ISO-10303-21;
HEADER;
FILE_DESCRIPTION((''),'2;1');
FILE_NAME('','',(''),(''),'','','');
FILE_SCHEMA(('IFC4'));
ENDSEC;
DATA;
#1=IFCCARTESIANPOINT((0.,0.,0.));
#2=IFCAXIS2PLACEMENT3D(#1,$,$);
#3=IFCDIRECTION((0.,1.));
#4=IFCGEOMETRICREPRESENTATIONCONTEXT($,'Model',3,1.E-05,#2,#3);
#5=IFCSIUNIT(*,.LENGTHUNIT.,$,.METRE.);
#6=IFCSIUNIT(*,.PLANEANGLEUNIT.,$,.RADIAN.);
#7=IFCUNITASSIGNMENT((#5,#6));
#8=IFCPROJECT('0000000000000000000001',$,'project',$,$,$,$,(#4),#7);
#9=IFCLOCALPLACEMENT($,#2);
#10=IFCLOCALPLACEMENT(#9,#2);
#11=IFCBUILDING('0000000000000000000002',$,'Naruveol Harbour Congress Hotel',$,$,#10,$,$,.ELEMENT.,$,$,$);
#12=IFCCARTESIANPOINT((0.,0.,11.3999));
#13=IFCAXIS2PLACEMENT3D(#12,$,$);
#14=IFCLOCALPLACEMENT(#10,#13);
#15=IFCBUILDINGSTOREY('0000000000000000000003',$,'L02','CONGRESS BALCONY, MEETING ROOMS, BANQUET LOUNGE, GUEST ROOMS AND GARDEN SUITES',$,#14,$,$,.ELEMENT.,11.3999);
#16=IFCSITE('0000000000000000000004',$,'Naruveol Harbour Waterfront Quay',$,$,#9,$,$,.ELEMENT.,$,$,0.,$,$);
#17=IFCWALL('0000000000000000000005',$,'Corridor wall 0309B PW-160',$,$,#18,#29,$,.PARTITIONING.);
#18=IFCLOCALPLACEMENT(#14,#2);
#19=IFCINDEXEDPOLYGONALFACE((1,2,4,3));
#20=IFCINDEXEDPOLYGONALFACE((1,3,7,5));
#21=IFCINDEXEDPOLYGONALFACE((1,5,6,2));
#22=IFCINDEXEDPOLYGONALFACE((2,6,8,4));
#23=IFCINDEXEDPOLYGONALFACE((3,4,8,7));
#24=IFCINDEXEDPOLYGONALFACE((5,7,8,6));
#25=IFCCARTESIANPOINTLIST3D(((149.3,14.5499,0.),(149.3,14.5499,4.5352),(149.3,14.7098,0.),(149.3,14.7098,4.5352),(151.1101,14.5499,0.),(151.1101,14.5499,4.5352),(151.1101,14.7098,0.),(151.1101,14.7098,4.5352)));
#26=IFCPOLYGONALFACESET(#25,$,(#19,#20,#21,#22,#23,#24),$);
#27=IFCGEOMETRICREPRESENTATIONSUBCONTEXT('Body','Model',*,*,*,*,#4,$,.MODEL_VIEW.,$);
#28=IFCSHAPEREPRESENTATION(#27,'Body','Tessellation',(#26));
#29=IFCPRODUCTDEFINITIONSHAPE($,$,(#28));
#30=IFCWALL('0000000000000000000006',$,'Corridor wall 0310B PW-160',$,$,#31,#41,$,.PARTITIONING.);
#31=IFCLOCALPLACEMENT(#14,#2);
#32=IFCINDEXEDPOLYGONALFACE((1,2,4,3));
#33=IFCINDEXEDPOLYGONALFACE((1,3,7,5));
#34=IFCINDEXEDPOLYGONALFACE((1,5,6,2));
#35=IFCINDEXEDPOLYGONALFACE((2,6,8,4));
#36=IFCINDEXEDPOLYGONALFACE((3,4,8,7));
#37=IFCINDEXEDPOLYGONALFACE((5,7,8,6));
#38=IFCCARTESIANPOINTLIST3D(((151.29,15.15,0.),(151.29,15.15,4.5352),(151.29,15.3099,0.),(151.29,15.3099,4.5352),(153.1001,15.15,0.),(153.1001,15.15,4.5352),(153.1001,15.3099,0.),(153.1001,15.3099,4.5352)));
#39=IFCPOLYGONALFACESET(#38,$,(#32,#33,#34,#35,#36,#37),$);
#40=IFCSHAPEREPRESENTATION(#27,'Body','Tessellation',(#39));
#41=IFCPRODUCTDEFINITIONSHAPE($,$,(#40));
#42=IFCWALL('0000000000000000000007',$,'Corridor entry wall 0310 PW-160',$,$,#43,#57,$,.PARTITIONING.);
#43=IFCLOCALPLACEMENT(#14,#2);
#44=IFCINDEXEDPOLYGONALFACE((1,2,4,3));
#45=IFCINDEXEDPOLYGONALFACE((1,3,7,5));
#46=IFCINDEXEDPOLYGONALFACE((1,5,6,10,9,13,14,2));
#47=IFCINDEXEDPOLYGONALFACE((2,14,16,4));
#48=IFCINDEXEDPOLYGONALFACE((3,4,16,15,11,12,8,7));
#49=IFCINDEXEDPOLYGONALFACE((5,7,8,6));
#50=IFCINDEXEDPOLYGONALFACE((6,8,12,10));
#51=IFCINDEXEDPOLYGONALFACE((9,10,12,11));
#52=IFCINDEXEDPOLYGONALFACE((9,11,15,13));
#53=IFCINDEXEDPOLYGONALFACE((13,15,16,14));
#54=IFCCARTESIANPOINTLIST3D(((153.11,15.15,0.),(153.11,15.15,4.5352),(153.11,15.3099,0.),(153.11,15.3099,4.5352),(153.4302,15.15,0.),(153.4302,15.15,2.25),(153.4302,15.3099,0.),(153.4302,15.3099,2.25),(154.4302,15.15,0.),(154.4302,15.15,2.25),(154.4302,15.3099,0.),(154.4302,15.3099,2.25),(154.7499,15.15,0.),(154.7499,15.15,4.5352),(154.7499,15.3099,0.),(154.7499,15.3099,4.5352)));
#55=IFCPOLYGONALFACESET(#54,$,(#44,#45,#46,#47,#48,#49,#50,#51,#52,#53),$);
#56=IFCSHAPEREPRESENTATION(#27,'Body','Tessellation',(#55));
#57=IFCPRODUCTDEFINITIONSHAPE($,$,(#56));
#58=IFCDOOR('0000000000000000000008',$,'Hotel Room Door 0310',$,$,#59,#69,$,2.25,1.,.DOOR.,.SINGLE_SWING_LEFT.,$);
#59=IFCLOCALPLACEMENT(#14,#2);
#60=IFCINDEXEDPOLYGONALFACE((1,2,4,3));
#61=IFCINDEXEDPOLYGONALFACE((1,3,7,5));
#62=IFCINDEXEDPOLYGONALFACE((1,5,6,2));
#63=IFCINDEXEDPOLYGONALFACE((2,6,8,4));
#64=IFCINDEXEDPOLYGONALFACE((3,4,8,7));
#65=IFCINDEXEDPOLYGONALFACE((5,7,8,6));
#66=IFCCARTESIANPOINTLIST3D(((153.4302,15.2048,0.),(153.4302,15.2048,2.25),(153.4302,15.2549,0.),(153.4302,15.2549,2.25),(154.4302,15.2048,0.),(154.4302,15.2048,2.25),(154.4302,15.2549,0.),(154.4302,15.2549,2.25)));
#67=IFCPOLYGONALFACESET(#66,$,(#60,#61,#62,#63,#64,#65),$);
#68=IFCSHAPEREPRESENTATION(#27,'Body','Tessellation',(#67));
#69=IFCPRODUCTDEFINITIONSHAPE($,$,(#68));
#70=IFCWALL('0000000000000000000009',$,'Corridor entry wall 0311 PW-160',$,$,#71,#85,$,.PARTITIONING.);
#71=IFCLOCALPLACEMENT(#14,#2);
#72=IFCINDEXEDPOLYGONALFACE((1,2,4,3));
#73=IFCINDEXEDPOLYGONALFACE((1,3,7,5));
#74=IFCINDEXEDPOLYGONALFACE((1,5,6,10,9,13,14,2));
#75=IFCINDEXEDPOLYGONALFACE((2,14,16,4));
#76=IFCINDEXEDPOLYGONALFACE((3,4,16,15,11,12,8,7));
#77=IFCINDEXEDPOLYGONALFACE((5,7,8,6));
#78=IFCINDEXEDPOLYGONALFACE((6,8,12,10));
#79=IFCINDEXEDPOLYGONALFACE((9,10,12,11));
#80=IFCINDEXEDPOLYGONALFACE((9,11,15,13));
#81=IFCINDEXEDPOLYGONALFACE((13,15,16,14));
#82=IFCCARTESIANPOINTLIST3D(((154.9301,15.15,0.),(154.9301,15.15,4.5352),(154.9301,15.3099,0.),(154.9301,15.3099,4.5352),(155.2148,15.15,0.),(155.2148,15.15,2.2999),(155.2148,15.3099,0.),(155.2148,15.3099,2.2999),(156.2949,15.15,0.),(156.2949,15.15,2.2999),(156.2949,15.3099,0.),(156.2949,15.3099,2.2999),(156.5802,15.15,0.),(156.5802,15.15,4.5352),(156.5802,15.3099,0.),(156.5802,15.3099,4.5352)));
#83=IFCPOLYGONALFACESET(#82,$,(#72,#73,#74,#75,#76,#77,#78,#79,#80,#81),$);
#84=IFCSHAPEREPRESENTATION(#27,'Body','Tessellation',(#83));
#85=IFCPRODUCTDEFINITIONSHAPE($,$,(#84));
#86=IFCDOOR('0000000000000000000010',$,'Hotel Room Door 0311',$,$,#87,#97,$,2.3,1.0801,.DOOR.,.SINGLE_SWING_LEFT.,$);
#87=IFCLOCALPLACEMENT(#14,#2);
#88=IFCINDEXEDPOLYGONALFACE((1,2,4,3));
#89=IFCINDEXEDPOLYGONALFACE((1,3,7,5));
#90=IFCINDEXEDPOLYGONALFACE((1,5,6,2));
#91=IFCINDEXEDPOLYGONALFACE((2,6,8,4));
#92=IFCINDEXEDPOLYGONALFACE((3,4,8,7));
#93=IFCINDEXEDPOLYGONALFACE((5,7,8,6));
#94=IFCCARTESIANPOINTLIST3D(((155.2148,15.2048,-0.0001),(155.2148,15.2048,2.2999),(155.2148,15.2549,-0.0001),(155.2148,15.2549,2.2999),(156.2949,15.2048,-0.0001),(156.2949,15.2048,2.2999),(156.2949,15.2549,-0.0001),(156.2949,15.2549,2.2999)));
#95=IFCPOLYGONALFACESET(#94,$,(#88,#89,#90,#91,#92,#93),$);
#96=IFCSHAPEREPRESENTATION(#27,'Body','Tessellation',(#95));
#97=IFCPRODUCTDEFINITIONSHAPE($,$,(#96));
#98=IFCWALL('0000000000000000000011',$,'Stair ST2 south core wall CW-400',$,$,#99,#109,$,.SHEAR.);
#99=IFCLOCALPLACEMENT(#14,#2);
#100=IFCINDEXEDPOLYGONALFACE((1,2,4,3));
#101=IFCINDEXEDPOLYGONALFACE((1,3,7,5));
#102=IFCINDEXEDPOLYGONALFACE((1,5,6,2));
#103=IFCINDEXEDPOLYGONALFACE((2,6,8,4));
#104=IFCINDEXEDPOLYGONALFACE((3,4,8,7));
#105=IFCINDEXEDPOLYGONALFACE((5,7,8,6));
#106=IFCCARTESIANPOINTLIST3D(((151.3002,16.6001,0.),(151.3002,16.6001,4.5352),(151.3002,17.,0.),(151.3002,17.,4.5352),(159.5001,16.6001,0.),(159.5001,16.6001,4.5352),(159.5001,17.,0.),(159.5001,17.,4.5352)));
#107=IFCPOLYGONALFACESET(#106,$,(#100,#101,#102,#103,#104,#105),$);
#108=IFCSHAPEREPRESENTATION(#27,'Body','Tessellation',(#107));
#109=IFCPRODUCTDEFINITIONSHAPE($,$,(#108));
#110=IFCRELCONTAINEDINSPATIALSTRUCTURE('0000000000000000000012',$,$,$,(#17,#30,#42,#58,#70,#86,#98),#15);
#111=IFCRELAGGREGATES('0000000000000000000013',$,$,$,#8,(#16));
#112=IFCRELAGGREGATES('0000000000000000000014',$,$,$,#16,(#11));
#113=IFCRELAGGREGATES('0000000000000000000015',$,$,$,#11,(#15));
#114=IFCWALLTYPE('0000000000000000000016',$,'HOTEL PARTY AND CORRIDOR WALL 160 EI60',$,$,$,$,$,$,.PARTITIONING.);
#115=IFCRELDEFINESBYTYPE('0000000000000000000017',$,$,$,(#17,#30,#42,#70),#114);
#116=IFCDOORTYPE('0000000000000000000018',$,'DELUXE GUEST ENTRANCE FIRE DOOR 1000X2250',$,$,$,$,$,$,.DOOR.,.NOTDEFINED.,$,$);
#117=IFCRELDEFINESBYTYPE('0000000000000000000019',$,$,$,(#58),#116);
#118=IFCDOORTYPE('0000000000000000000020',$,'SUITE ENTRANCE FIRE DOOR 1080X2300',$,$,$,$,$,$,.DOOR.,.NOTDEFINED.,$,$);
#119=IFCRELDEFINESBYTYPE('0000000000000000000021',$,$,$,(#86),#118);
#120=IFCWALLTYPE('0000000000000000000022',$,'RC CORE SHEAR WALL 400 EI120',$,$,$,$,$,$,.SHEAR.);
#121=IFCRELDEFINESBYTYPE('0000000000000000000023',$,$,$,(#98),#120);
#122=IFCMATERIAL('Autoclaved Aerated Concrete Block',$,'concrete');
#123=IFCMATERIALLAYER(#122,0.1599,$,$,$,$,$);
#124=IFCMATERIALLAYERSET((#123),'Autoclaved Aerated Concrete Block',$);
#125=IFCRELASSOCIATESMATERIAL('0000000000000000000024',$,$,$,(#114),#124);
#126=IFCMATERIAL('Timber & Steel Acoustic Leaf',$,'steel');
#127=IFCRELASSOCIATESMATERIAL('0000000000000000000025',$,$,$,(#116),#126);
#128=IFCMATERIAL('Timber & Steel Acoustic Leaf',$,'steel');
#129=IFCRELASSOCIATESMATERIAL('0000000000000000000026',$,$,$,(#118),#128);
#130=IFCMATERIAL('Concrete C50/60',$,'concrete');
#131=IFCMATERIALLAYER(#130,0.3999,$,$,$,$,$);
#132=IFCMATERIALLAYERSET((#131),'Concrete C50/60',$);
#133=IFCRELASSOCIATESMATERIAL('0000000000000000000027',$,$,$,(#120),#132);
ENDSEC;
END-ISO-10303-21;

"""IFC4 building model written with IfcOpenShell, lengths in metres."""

from ifc_helpers import new_model, si_unit, direction, frame, frame_2d, origin, place, context, subcontext, project, spatial, rectangle, extrude, material, layer, layer_set, type_object, element, fill, save


model = new_model("IFC4")

# Units and contexts
model_context = context("Model", 3, precision=1e-05, world=origin(), true_north=direction((0.0, 1.0)))
body_context = subcontext(model_context, "Body", "Model", "MODEL_VIEW")
ifc_project = project(units=[si_unit("LENGTHUNIT", "METRE"), si_unit("PLANEANGLEUNIT", "RADIAN")], contexts=[model_context])

# Site, building, storey
site_placement = place(None, origin())
site = spatial("IfcSite", under=ifc_project, at=site_placement, Name="Naruveol Harbour Waterfront Quay", CompositionType="ELEMENT", RefElevation=0.0)
building_placement = place(site_placement, origin())
building = spatial("IfcBuilding", under=site, at=building_placement, Name="Naruveol Harbour Congress Hotel", CompositionType="ELEMENT")
storey_placement = place(building_placement, frame((0.0, 0.0, 11.3999)))
storey = spatial("IfcBuildingStorey", under=building, at=storey_placement, Name="L02", Description="CONGRESS BALCONY, MEETING ROOMS, BANQUET LOUNGE, GUEST ROOMS AND GARDEN SUITES", CompositionType="ELEMENT", Elevation=11.3999)

# Shared definitions
ifc_material_1 = material(Name="Autoclaved Aerated Concrete Block", Category="concrete")
ifc_layer_1 = layer(ifc_material_1, 0.1599)
ifc_layer_set_1 = layer_set([ifc_layer_1], Name="Autoclaved Aerated Concrete Block")
wall_type_1 = type_object("IfcWallType", Name="HOTEL PARTY AND CORRIDOR WALL 160 EI60", PredefinedType="PARTITIONING", material=ifc_layer_set_1)
ifc_material_2 = material(Name="Timber & Steel Acoustic Leaf", Category="steel")
door_type_1 = type_object("IfcDoorType", Name="DELUXE GUEST ENTRANCE FIRE DOOR 1000X2250", OperationType="NOTDEFINED", PredefinedType="DOOR", material=ifc_material_2)

# Shared definitions
ifc_material_3 = material(Name="Timber & Steel Acoustic Leaf", Category="steel")
door_type_2 = type_object("IfcDoorType", Name="SUITE ENTRANCE FIRE DOOR 1080X2300", OperationType="NOTDEFINED", PredefinedType="DOOR", material=ifc_material_3)

# Walls
for number, where, z_axis, x_axis, name in (
    (1, (149.3, 14.6299, 0.0), (0.0, 0.0, 1.0), (1.0, 0.0, 0.0), "Corridor wall 0309B PW-160"),
    (2, (151.29, 15.23, 0.0), (0.0, 0.0, 1.0), (1.0, 0.0, 0.0), "Corridor wall 0310B PW-160"),
):
    element("IfcWall", number, at=place(storey_placement, frame(where, z_axis=z_axis, x_axis=x_axis)), inside=storey, type_object=wall_type_1, Name=name, PredefinedType="PARTITIONING", context=body_context, shape_type="SweptSolid", body=[
        extrude(rectangle(XDim=1.8101, YDim=0.1599, at=frame_2d((0.905, 0.0))), origin(), (0.0, 0.0, 1.0), 4.5352),
    ])

# Walls, openings, doors
wall_1_placement = place(storey_placement, frame((153.1101, 15.23, 0.0), z_axis=(0.0, 0.0, 1.0), x_axis=(1.0, 0.0, 0.0)))
wall_1 = element("IfcWall", 3, at=wall_1_placement, inside=storey, type_object=wall_type_1, Name="Corridor entry wall 0310 PW-160", PredefinedType="PARTITIONING", context=body_context, shape_type="SweptSolid", body=[
    extrude(rectangle(XDim=1.6399, YDim=0.1599, at=frame_2d((0.8198, 0.0))), origin(), (0.0, 0.0, 1.0), 4.5352),
])
opening_1_placement = place(wall_1_placement, frame((0.3201, 0.0, 0.0)))
opening_1 = element("IfcOpeningElement", 4, at=opening_1_placement, cuts=wall_1, PredefinedType="OPENING", context=body_context, shape_type="SweptSolid", body=[
    extrude(rectangle(XDim=1.0, YDim=2.25, at=frame_2d((0.5, 1.125))), frame((0.0, 0.0898, 0.0), z_axis=(0.0, -1.0, 0.0), x_axis=(1.0, 0.0, 0.0)), (0.0, 0.0, 1.0), 0.1799),
])
door_1_placement = place(opening_1_placement, origin())
door_1 = element("IfcDoor", 5, at=door_1_placement, inside=storey, type_object=door_type_1, Name="Hotel Room Door 0310", OperationType="SINGLE_SWING_LEFT", OverallHeight=2.25, OverallWidth=1.0, PredefinedType="DOOR", context=body_context, shape_type="SweptSolid", body=[
    extrude(rectangle(XDim=1.0, YDim=2.25, at=frame_2d((0.5, 1.125))), frame((0.0, 0.0249, 0.0), z_axis=(0.0, -1.0, 0.0), x_axis=(1.0, 0.0, 0.0)), (0.0, 0.0, 1.0), 0.05),
])
fill(opening_1, door_1)
wall_2_placement = place(storey_placement, frame((154.9299, 15.23, 0.0), z_axis=(0.0, 0.0, 1.0), x_axis=(1.0, 0.0, 0.0)))
wall_2 = element("IfcWall", 6, at=wall_2_placement, inside=storey, type_object=wall_type_1, Name="Corridor entry wall 0311 PW-160", PredefinedType="PARTITIONING", context=body_context, shape_type="SweptSolid", body=[
    extrude(rectangle(XDim=1.6501, YDim=0.1599, at=frame_2d((0.8252, 0.0))), origin(), (0.0, 0.0, 1.0), 4.5352),
])
opening_2_placement = place(wall_2_placement, frame((0.2849, 0.0, 0.0)))
opening_2 = element("IfcOpeningElement", 7, at=opening_2_placement, cuts=wall_2, PredefinedType="OPENING", context=body_context, shape_type="SweptSolid", body=[
    extrude(rectangle(XDim=1.0801, YDim=2.3, at=frame_2d((0.54, 1.1499))), frame((0.0, 0.0898, 0.0), z_axis=(0.0, -1.0, 0.0), x_axis=(1.0, 0.0, 0.0)), (0.0, 0.0, 1.0), 0.1799),
])
door_2_placement = place(opening_2_placement, origin())
door_2 = element("IfcDoor", 8, at=door_2_placement, inside=storey, type_object=door_type_2, Name="Hotel Room Door 0311", OperationType="SINGLE_SWING_LEFT", OverallHeight=2.3, OverallWidth=1.0801, PredefinedType="DOOR", context=body_context, shape_type="SweptSolid", body=[
    extrude(rectangle(XDim=1.0801, YDim=2.3, at=frame_2d((0.54, 1.1499))), frame((0.0, 0.0249, 0.0), z_axis=(0.0, -1.0, 0.0), x_axis=(1.0, 0.0, 0.0)), (0.0, 0.0, 1.0), 0.05),
])
fill(opening_2, door_2)

# Wall
ifc_material_4 = material(Name="Concrete C50/60", Category="concrete")
ifc_layer_2 = layer(ifc_material_4, 0.3999)
ifc_layer_set_2 = layer_set([ifc_layer_2], Name="Concrete C50/60")
wall_type_2 = type_object("IfcWallType", Name="RC CORE SHEAR WALL 400 EI120", PredefinedType="SHEAR", material=ifc_layer_set_2)
wall_3_placement = place(storey_placement, frame((151.3, 16.8, 0.0), z_axis=(0.0, 0.0, 1.0), x_axis=(1.0, 0.0, 0.0)))
element("IfcWall", 9, at=wall_3_placement, inside=storey, type_object=wall_type_2, Name="Stair ST2 south core wall CW-400", PredefinedType="SHEAR", context=body_context, shape_type="SweptSolid", body=[
    extrude(rectangle(XDim=8.2, YDim=0.3999, at=frame_2d((4.1001, 0.0))), origin(), (0.0, 0.0, 1.0), 4.5352),
])

save(model, "model.ifc")
